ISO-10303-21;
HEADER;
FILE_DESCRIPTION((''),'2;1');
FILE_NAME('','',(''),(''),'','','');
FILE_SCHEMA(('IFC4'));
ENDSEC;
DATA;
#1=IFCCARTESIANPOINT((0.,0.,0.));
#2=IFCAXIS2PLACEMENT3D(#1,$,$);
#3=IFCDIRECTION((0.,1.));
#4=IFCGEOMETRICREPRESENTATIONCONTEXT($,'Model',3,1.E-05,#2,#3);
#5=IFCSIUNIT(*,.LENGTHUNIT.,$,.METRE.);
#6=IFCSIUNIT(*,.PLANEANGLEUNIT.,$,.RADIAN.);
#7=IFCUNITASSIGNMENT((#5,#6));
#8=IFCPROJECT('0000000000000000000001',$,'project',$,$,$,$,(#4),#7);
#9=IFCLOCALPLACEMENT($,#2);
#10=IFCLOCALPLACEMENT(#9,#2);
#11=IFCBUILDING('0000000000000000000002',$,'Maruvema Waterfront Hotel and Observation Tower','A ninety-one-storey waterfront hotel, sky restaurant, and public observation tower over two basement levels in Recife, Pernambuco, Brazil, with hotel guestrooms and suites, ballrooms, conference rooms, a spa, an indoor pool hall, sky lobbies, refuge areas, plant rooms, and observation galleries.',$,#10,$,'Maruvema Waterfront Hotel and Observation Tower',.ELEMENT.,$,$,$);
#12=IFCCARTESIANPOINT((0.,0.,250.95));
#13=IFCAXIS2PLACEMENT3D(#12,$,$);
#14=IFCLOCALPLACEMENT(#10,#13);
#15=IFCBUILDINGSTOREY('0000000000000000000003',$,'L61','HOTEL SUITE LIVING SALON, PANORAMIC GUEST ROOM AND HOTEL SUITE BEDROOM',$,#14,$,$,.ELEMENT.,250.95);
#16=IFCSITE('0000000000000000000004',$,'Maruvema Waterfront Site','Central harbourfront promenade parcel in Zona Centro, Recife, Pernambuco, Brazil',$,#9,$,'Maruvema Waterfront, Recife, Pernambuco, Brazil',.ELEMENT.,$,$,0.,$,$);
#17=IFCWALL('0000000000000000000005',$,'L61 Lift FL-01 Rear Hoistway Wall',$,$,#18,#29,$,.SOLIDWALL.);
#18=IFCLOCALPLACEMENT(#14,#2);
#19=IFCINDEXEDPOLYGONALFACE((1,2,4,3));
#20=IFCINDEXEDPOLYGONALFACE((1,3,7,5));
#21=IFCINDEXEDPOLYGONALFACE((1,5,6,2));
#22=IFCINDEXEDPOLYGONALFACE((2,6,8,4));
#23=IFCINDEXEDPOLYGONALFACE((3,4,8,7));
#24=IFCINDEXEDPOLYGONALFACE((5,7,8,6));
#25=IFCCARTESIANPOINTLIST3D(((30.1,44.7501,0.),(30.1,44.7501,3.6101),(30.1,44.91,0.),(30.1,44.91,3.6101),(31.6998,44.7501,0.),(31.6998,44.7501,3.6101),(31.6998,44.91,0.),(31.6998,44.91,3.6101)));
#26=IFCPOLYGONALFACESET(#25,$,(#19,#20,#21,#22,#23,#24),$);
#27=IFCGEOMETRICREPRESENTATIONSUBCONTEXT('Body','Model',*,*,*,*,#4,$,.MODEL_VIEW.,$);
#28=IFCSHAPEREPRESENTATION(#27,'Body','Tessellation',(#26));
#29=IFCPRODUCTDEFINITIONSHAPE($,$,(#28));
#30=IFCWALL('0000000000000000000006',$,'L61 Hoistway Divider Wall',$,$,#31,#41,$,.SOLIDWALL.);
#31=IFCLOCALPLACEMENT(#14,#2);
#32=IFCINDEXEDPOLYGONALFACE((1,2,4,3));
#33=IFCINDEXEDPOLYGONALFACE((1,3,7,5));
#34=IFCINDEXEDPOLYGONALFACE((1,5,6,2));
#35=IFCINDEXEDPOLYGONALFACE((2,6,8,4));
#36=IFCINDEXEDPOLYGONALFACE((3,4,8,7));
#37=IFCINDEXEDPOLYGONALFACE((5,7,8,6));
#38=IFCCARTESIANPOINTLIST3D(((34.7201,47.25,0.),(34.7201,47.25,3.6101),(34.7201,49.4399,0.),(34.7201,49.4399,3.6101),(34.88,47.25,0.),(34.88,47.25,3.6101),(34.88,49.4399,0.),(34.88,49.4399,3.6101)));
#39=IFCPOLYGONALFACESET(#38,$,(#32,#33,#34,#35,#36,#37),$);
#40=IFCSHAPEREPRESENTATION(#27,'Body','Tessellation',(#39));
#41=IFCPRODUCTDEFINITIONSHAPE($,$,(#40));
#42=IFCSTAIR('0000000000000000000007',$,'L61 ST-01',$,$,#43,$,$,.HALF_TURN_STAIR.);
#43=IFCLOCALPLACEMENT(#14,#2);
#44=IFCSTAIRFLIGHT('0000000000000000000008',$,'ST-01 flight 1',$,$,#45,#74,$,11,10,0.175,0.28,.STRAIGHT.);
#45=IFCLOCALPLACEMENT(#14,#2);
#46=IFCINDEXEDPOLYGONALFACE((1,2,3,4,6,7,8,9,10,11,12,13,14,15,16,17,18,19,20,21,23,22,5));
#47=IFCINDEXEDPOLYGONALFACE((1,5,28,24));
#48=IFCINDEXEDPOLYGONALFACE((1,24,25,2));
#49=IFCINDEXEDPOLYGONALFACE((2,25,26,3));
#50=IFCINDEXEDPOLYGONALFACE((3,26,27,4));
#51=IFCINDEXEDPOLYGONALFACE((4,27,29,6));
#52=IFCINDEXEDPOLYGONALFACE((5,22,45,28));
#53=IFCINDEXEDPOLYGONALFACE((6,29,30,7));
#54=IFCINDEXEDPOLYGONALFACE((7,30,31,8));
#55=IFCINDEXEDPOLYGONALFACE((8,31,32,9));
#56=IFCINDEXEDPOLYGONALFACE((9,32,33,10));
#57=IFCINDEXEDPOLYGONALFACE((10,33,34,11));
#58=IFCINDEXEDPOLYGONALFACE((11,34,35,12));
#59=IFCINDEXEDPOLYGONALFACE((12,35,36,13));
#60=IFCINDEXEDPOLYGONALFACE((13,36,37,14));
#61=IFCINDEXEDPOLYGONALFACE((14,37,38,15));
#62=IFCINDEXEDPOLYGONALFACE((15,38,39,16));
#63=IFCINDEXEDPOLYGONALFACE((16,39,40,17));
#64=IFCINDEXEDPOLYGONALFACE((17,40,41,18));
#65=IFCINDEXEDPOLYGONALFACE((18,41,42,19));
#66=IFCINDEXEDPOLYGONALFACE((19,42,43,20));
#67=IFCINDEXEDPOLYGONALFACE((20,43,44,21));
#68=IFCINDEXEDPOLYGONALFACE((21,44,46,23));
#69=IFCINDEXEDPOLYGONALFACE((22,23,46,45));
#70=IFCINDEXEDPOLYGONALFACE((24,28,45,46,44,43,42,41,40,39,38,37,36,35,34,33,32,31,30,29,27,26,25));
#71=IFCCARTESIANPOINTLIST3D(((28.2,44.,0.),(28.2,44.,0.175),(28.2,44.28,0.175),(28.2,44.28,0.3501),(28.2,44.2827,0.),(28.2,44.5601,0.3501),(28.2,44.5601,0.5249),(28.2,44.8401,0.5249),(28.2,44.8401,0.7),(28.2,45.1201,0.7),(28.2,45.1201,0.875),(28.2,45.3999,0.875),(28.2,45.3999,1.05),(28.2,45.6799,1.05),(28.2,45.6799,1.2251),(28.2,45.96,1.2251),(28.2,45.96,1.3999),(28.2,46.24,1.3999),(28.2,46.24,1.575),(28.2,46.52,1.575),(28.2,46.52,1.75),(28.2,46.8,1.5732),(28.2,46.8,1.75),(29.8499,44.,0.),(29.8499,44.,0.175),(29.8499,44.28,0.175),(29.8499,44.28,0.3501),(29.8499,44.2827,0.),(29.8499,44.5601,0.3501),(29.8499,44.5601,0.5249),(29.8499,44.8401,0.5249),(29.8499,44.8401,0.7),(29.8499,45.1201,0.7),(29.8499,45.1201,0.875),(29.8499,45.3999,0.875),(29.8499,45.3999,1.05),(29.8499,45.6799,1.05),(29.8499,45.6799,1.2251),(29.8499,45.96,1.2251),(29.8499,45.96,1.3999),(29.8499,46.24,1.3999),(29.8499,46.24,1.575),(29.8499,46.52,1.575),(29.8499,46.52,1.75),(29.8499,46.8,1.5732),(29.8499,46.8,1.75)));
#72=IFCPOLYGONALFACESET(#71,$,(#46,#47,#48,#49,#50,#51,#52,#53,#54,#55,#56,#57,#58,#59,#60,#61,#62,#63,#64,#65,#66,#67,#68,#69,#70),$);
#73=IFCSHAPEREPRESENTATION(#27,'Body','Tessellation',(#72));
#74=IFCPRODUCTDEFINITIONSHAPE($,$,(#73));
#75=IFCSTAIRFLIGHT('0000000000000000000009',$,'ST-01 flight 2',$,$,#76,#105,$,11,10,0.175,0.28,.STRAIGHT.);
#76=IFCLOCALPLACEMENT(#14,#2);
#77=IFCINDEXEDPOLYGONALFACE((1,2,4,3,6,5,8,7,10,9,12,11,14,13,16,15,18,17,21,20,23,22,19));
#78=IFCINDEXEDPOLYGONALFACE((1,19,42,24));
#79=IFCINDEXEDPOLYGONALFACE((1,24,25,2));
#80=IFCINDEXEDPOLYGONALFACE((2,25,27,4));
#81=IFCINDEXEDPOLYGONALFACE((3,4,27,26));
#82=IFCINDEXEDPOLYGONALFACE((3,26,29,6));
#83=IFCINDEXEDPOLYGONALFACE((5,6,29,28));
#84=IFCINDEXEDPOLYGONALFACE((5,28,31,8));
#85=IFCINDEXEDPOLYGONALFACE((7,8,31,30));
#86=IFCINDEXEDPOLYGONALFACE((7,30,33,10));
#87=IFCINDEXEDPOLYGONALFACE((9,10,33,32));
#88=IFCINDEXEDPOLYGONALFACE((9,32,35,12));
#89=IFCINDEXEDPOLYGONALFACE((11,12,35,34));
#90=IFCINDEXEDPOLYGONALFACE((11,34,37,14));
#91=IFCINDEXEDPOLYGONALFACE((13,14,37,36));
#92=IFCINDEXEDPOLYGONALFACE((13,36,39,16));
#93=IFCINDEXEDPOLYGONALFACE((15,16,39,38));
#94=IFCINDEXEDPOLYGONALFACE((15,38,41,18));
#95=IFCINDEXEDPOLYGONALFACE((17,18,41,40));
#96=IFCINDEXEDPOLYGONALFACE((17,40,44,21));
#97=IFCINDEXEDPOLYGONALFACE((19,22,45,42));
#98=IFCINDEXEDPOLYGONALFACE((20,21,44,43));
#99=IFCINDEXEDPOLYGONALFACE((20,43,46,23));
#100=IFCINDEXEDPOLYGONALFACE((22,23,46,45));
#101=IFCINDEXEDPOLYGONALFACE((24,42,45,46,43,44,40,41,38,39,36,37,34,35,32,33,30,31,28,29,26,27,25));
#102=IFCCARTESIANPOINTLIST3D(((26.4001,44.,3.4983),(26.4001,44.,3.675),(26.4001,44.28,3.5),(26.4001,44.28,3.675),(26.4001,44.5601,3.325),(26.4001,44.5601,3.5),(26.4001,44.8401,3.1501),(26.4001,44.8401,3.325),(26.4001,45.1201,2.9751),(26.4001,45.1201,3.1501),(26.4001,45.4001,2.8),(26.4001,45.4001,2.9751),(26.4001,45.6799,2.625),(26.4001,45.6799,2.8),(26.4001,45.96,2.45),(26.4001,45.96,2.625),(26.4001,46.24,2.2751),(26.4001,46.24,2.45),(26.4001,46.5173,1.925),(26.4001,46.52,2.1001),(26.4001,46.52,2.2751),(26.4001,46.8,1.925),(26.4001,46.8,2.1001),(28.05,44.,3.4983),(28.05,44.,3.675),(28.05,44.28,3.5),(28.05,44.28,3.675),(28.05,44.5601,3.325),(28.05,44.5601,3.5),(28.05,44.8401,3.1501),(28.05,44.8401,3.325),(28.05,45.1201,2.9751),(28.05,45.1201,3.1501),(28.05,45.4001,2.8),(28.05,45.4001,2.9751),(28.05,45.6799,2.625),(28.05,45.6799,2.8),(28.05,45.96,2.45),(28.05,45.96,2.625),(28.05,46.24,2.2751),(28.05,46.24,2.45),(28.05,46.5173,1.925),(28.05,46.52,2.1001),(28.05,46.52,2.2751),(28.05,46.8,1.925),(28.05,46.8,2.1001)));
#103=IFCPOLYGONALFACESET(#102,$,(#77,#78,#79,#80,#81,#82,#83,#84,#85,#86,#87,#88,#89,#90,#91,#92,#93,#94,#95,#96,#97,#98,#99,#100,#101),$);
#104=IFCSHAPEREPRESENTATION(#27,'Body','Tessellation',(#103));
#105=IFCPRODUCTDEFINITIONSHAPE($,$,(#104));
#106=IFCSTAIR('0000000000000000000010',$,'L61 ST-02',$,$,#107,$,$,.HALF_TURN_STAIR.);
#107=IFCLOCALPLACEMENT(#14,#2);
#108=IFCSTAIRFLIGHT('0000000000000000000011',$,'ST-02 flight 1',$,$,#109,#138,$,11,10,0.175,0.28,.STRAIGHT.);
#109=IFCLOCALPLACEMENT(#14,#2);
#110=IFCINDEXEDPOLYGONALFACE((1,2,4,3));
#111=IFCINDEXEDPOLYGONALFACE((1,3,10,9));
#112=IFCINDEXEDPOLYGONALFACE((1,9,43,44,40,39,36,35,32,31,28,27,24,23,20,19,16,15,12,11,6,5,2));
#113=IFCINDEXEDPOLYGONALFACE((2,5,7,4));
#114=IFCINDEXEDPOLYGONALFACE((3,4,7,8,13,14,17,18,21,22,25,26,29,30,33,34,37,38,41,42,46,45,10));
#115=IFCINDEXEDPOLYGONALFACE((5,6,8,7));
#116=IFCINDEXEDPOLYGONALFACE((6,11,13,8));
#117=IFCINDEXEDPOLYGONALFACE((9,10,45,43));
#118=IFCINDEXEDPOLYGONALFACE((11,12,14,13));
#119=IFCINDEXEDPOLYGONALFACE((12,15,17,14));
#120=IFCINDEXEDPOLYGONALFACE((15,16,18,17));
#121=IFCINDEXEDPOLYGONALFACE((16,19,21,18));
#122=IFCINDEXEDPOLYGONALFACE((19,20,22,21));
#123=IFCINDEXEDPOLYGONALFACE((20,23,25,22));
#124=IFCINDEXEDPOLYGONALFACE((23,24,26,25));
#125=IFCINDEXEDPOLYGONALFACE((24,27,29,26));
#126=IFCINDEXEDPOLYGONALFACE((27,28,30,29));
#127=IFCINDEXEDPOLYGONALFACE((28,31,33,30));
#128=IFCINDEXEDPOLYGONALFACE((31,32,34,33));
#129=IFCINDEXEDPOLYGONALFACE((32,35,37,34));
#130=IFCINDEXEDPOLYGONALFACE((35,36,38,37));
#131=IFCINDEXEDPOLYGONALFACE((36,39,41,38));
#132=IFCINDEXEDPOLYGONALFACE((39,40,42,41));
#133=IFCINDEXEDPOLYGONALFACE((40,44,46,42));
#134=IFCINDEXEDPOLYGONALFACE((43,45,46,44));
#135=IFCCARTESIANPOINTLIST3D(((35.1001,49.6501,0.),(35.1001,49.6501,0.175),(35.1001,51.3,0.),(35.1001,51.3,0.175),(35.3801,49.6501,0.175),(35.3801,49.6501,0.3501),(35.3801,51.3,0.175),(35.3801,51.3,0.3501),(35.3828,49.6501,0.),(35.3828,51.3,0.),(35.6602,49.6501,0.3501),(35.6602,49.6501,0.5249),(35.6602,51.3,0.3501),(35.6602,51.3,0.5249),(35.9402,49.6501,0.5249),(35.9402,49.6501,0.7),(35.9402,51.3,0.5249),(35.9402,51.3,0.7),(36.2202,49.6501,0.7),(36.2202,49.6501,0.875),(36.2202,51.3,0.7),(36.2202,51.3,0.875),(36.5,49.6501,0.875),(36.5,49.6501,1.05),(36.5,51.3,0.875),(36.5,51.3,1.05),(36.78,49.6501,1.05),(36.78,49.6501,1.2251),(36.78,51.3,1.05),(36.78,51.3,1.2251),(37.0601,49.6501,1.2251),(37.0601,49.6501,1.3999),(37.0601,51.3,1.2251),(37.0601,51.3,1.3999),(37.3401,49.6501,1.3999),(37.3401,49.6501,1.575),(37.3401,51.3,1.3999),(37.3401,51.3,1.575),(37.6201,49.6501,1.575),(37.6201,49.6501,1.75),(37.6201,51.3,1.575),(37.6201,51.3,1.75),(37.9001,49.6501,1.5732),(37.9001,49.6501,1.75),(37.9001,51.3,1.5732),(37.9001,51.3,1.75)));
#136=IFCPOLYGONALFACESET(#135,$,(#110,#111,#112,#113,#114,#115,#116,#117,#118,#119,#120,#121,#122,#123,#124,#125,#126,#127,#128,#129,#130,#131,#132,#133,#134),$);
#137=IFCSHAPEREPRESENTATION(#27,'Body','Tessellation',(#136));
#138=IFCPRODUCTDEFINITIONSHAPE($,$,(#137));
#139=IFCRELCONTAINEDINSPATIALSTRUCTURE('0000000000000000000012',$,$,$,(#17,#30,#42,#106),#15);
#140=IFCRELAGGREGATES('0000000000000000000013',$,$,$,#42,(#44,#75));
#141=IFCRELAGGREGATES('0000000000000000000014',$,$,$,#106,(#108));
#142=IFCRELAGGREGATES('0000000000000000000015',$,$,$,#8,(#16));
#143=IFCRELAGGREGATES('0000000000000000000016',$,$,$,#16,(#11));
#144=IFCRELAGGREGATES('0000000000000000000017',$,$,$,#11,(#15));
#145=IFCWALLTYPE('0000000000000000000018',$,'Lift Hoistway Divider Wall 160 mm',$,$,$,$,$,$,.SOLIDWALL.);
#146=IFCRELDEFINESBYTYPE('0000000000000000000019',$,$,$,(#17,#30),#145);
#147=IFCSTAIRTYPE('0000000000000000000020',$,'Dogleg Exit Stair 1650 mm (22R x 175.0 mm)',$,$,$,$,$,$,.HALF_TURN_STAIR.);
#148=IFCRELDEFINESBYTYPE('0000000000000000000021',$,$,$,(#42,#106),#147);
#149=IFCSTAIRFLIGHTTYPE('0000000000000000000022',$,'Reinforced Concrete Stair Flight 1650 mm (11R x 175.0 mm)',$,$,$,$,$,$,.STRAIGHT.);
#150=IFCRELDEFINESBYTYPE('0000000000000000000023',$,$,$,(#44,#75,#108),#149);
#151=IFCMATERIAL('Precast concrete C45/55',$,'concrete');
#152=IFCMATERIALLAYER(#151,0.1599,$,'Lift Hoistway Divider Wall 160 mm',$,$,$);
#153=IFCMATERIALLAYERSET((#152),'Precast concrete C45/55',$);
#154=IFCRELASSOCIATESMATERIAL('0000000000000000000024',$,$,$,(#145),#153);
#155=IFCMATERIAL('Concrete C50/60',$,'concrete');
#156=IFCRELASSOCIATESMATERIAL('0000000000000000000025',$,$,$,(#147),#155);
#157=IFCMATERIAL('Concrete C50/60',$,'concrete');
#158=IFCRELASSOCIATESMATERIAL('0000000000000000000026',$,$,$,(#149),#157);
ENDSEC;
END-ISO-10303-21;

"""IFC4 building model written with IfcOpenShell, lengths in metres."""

from ifc_helpers import new_model, si_unit, direction, frame, frame_2d, origin, place, context, subcontext, project, spatial, polyline, rectangle, outline, extrude, material, layer, layer_set, type_object, element, aggregate, save


model = new_model("IFC4")

# Units and contexts
model_context = context("Model", 3, precision=1e-05, world=origin(), true_north=direction((0.0, 1.0)))
body_context = subcontext(model_context, "Body", "Model", "MODEL_VIEW")
ifc_project = project(units=[si_unit("LENGTHUNIT", "METRE"), si_unit("PLANEANGLEUNIT", "RADIAN")], contexts=[model_context])

# Site, building, storey
site_placement = place(None, origin())
site = spatial("IfcSite", under=ifc_project, at=site_placement, Name="Maruvema Waterfront Site", Description="Central harbourfront promenade parcel in Zona Centro, Recife, Pernambuco, Brazil", LongName="Maruvema Waterfront, Recife, Pernambuco, Brazil", CompositionType="ELEMENT", RefElevation=0.0)
building_placement = place(site_placement, origin())
building = spatial("IfcBuilding", under=site, at=building_placement, Name="Maruvema Waterfront Hotel and Observation Tower", Description="A ninety-one-storey waterfront hotel, sky restaurant, and public observation tower over two basement levels in Recife, Pernambuco, Brazil, with hotel guestrooms and suites, ballrooms, conference rooms, a spa, an indoor pool hall, sky lobbies, refuge areas, plant rooms, and observation galleries.", LongName="Maruvema Waterfront Hotel and Observation Tower", CompositionType="ELEMENT")
storey_placement = place(building_placement, frame((0.0, 0.0, 250.95)))
storey = spatial("IfcBuildingStorey", under=building, at=storey_placement, Name="L61", Description="HOTEL SUITE LIVING SALON, PANORAMIC GUEST ROOM AND HOTEL SUITE BEDROOM", CompositionType="ELEMENT", Elevation=250.95)

# Walls
ifc_material_1 = material(Name="Precast concrete C45/55", Category="concrete")
ifc_layer_1 = layer(ifc_material_1, 0.1599, Name="Lift Hoistway Divider Wall 160 mm")
ifc_layer_set_1 = layer_set([ifc_layer_1], Name="Precast concrete C45/55")
wall_type_1 = type_object("IfcWallType", Name="Lift Hoistway Divider Wall 160 mm", PredefinedType="SOLIDWALL", material=ifc_layer_set_1)
wall_1_placement = place(storey_placement, frame((30.1001, 44.8301, 0.0), z_axis=(0.0, 0.0, 1.0), x_axis=(1.0, 0.0, 0.0)))
element("IfcWall", 1, at=wall_1_placement, inside=storey, type_object=wall_type_1, Name="L61 Lift FL-01 Rear Hoistway Wall", PredefinedType="SOLIDWALL", context=body_context, shape_type="SweptSolid", body=[
    extrude(rectangle(XDim=1.5999, YDim=0.1599, at=frame_2d((0.7998, 0.0))), origin(), (0.0, 0.0, 1.0), 3.6101),
])
wall_2_placement = place(storey_placement, frame((34.8, 47.25, 0.0), z_axis=(0.0, 0.0, 1.0), x_axis=(0.0, 1.0, 0.0)))
element("IfcWall", 2, at=wall_2_placement, inside=storey, type_object=wall_type_1, Name="L61 Hoistway Divider Wall", PredefinedType="SOLIDWALL", context=body_context, shape_type="SweptSolid", body=[
    extrude(rectangle(XDim=2.1899, YDim=0.1599, at=frame_2d((1.095, 0.0))), origin(), (0.0, 0.0, 1.0), 3.6101),
])

# Stair, stair flights
ifc_material_2 = material(Name="Concrete C50/60", Category="concrete")
stair_type = type_object("IfcStairType", Name="Dogleg Exit Stair 1650 mm (22R x 175.0 mm)", PredefinedType="HALF_TURN_STAIR", material=ifc_material_2)
stair_1_placement = place(storey_placement, origin())
stair_1 = element("IfcStair", 3, at=stair_1_placement, inside=storey, type_object=stair_type, Name="L61 ST-01", PredefinedType="HALF_TURN_STAIR")
ifc_material_3 = material(Name="Concrete C50/60", Category="concrete")
stair_flight_type = type_object("IfcStairFlightType", Name="Reinforced Concrete Stair Flight 1650 mm (11R x 175.0 mm)", PredefinedType="STRAIGHT", material=ifc_material_3)
stair_flight_1_placement = place(storey_placement, frame((29.0249, 44.0, 0.0), z_axis=(0.0, 0.0, 1.0), x_axis=(0.0, 1.0, 0.0)))
stair_flight_1 = element("IfcStairFlight", 4, at=stair_flight_1_placement, type_object=stair_flight_type, Name="ST-01 flight 1", NumberOfRisers=11, NumberOfTreads=10, PredefinedType="STRAIGHT", RiserHeight=0.175, TreadLength=0.28, context=body_context, shape_type="SweptSolid", body=[
    extrude(outline(polyline([(0.0, 0.0), (0.0, 0.175), (0.28, 0.175), (0.28, 0.3501), (0.5601, 0.3501), (0.5601, 0.5249), (0.8401, 0.5249), (0.8401, 0.7), (1.1201, 0.7), (1.1201, 0.875), (1.3999, 0.875), (1.3999, 1.05), (1.6799, 1.05), (1.6799, 1.2251), (1.96, 1.2251), (1.96, 1.3999), (2.24, 1.3999), (2.24, 1.575), (2.52, 1.575), (2.52, 1.75), (2.8, 1.75), (2.8, 1.925), (2.8, 1.5732), (0.2827, 0.0), (0.0, 0.0)])), frame((0.0, 0.825, 0.0), z_axis=(0.0, -1.0, 0.0), x_axis=(1.0, 0.0, 0.0)), (0.0, 0.0, 1.0), 1.6499),
])
stair_flight_2_placement = place(storey_placement, frame((27.2251, 46.8, 1.925), z_axis=(0.0, 0.0, 1.0), x_axis=(0.0, -1.0, 0.0)))
stair_flight_2 = element("IfcStairFlight", 5, at=stair_flight_2_placement, type_object=stair_flight_type, Name="ST-01 flight 2", NumberOfRisers=11, NumberOfTreads=10, PredefinedType="STRAIGHT", RiserHeight=0.175, TreadLength=0.28, context=body_context, shape_type="SweptSolid", body=[
    extrude(outline(polyline([(0.0, 0.0), (0.0, 0.175), (0.28, 0.175), (0.28, 0.3501), (0.5601, 0.3501), (0.5601, 0.5249), (0.8401, 0.5249), (0.8401, 0.7), (1.1201, 0.7), (1.1201, 0.875), (1.3999, 0.875), (1.3999, 1.05), (1.6799, 1.05), (1.6799, 1.2251), (1.96, 1.2251), (1.96, 1.3999), (2.24, 1.3999), (2.24, 1.575), (2.52, 1.575), (2.52, 1.75), (2.8, 1.75), (2.8, 1.925), (2.8, 1.5732), (0.2827, 0.0), (0.0, 0.0)])), frame((0.0, 0.825, 0.0), z_axis=(0.0, -1.0, 0.0), x_axis=(1.0, 0.0, 0.0)), (0.0, 0.0, 1.0), 1.6499),
])
aggregate(stair_1, [stair_flight_1, stair_flight_2])

# Stair, stair flight
stair_2_placement = place(storey_placement, origin())
stair_2 = element("IfcStair", 6, at=stair_2_placement, inside=storey, type_object=stair_type, Name="L61 ST-02", PredefinedType="HALF_TURN_STAIR")
stair_flight_3_placement = place(storey_placement, frame((35.1001, 50.4751, 0.0), z_axis=(0.0, 0.0, 1.0), x_axis=(1.0, 0.0, 0.0)))
stair_flight_3 = element("IfcStairFlight", 7, at=stair_flight_3_placement, type_object=stair_flight_type, Name="ST-02 flight 1", NumberOfRisers=11, NumberOfTreads=10, PredefinedType="STRAIGHT", RiserHeight=0.175, TreadLength=0.28, context=body_context, shape_type="SweptSolid", body=[
    extrude(outline(polyline([(0.0, 0.0), (0.0, 0.175), (0.28, 0.175), (0.28, 0.3501), (0.5601, 0.3501), (0.5601, 0.5249), (0.8401, 0.5249), (0.8401, 0.7), (1.1201, 0.7), (1.1201, 0.875), (1.3999, 0.875), (1.3999, 1.05), (1.6799, 1.05), (1.6799, 1.2251), (1.96, 1.2251), (1.96, 1.3999), (2.24, 1.3999), (2.24, 1.575), (2.52, 1.575), (2.52, 1.75), (2.8, 1.75), (2.8, 1.925), (2.8, 1.5732), (0.2827, 0.0), (0.0, 0.0)])), frame((0.0, 0.825, 0.0), z_axis=(0.0, -1.0, 0.0), x_axis=(1.0, 0.0, 0.0)), (0.0, 0.0, 1.0), 1.6499),
])
aggregate(stair_2, [stair_flight_3])

save(model, "model.ifc")
